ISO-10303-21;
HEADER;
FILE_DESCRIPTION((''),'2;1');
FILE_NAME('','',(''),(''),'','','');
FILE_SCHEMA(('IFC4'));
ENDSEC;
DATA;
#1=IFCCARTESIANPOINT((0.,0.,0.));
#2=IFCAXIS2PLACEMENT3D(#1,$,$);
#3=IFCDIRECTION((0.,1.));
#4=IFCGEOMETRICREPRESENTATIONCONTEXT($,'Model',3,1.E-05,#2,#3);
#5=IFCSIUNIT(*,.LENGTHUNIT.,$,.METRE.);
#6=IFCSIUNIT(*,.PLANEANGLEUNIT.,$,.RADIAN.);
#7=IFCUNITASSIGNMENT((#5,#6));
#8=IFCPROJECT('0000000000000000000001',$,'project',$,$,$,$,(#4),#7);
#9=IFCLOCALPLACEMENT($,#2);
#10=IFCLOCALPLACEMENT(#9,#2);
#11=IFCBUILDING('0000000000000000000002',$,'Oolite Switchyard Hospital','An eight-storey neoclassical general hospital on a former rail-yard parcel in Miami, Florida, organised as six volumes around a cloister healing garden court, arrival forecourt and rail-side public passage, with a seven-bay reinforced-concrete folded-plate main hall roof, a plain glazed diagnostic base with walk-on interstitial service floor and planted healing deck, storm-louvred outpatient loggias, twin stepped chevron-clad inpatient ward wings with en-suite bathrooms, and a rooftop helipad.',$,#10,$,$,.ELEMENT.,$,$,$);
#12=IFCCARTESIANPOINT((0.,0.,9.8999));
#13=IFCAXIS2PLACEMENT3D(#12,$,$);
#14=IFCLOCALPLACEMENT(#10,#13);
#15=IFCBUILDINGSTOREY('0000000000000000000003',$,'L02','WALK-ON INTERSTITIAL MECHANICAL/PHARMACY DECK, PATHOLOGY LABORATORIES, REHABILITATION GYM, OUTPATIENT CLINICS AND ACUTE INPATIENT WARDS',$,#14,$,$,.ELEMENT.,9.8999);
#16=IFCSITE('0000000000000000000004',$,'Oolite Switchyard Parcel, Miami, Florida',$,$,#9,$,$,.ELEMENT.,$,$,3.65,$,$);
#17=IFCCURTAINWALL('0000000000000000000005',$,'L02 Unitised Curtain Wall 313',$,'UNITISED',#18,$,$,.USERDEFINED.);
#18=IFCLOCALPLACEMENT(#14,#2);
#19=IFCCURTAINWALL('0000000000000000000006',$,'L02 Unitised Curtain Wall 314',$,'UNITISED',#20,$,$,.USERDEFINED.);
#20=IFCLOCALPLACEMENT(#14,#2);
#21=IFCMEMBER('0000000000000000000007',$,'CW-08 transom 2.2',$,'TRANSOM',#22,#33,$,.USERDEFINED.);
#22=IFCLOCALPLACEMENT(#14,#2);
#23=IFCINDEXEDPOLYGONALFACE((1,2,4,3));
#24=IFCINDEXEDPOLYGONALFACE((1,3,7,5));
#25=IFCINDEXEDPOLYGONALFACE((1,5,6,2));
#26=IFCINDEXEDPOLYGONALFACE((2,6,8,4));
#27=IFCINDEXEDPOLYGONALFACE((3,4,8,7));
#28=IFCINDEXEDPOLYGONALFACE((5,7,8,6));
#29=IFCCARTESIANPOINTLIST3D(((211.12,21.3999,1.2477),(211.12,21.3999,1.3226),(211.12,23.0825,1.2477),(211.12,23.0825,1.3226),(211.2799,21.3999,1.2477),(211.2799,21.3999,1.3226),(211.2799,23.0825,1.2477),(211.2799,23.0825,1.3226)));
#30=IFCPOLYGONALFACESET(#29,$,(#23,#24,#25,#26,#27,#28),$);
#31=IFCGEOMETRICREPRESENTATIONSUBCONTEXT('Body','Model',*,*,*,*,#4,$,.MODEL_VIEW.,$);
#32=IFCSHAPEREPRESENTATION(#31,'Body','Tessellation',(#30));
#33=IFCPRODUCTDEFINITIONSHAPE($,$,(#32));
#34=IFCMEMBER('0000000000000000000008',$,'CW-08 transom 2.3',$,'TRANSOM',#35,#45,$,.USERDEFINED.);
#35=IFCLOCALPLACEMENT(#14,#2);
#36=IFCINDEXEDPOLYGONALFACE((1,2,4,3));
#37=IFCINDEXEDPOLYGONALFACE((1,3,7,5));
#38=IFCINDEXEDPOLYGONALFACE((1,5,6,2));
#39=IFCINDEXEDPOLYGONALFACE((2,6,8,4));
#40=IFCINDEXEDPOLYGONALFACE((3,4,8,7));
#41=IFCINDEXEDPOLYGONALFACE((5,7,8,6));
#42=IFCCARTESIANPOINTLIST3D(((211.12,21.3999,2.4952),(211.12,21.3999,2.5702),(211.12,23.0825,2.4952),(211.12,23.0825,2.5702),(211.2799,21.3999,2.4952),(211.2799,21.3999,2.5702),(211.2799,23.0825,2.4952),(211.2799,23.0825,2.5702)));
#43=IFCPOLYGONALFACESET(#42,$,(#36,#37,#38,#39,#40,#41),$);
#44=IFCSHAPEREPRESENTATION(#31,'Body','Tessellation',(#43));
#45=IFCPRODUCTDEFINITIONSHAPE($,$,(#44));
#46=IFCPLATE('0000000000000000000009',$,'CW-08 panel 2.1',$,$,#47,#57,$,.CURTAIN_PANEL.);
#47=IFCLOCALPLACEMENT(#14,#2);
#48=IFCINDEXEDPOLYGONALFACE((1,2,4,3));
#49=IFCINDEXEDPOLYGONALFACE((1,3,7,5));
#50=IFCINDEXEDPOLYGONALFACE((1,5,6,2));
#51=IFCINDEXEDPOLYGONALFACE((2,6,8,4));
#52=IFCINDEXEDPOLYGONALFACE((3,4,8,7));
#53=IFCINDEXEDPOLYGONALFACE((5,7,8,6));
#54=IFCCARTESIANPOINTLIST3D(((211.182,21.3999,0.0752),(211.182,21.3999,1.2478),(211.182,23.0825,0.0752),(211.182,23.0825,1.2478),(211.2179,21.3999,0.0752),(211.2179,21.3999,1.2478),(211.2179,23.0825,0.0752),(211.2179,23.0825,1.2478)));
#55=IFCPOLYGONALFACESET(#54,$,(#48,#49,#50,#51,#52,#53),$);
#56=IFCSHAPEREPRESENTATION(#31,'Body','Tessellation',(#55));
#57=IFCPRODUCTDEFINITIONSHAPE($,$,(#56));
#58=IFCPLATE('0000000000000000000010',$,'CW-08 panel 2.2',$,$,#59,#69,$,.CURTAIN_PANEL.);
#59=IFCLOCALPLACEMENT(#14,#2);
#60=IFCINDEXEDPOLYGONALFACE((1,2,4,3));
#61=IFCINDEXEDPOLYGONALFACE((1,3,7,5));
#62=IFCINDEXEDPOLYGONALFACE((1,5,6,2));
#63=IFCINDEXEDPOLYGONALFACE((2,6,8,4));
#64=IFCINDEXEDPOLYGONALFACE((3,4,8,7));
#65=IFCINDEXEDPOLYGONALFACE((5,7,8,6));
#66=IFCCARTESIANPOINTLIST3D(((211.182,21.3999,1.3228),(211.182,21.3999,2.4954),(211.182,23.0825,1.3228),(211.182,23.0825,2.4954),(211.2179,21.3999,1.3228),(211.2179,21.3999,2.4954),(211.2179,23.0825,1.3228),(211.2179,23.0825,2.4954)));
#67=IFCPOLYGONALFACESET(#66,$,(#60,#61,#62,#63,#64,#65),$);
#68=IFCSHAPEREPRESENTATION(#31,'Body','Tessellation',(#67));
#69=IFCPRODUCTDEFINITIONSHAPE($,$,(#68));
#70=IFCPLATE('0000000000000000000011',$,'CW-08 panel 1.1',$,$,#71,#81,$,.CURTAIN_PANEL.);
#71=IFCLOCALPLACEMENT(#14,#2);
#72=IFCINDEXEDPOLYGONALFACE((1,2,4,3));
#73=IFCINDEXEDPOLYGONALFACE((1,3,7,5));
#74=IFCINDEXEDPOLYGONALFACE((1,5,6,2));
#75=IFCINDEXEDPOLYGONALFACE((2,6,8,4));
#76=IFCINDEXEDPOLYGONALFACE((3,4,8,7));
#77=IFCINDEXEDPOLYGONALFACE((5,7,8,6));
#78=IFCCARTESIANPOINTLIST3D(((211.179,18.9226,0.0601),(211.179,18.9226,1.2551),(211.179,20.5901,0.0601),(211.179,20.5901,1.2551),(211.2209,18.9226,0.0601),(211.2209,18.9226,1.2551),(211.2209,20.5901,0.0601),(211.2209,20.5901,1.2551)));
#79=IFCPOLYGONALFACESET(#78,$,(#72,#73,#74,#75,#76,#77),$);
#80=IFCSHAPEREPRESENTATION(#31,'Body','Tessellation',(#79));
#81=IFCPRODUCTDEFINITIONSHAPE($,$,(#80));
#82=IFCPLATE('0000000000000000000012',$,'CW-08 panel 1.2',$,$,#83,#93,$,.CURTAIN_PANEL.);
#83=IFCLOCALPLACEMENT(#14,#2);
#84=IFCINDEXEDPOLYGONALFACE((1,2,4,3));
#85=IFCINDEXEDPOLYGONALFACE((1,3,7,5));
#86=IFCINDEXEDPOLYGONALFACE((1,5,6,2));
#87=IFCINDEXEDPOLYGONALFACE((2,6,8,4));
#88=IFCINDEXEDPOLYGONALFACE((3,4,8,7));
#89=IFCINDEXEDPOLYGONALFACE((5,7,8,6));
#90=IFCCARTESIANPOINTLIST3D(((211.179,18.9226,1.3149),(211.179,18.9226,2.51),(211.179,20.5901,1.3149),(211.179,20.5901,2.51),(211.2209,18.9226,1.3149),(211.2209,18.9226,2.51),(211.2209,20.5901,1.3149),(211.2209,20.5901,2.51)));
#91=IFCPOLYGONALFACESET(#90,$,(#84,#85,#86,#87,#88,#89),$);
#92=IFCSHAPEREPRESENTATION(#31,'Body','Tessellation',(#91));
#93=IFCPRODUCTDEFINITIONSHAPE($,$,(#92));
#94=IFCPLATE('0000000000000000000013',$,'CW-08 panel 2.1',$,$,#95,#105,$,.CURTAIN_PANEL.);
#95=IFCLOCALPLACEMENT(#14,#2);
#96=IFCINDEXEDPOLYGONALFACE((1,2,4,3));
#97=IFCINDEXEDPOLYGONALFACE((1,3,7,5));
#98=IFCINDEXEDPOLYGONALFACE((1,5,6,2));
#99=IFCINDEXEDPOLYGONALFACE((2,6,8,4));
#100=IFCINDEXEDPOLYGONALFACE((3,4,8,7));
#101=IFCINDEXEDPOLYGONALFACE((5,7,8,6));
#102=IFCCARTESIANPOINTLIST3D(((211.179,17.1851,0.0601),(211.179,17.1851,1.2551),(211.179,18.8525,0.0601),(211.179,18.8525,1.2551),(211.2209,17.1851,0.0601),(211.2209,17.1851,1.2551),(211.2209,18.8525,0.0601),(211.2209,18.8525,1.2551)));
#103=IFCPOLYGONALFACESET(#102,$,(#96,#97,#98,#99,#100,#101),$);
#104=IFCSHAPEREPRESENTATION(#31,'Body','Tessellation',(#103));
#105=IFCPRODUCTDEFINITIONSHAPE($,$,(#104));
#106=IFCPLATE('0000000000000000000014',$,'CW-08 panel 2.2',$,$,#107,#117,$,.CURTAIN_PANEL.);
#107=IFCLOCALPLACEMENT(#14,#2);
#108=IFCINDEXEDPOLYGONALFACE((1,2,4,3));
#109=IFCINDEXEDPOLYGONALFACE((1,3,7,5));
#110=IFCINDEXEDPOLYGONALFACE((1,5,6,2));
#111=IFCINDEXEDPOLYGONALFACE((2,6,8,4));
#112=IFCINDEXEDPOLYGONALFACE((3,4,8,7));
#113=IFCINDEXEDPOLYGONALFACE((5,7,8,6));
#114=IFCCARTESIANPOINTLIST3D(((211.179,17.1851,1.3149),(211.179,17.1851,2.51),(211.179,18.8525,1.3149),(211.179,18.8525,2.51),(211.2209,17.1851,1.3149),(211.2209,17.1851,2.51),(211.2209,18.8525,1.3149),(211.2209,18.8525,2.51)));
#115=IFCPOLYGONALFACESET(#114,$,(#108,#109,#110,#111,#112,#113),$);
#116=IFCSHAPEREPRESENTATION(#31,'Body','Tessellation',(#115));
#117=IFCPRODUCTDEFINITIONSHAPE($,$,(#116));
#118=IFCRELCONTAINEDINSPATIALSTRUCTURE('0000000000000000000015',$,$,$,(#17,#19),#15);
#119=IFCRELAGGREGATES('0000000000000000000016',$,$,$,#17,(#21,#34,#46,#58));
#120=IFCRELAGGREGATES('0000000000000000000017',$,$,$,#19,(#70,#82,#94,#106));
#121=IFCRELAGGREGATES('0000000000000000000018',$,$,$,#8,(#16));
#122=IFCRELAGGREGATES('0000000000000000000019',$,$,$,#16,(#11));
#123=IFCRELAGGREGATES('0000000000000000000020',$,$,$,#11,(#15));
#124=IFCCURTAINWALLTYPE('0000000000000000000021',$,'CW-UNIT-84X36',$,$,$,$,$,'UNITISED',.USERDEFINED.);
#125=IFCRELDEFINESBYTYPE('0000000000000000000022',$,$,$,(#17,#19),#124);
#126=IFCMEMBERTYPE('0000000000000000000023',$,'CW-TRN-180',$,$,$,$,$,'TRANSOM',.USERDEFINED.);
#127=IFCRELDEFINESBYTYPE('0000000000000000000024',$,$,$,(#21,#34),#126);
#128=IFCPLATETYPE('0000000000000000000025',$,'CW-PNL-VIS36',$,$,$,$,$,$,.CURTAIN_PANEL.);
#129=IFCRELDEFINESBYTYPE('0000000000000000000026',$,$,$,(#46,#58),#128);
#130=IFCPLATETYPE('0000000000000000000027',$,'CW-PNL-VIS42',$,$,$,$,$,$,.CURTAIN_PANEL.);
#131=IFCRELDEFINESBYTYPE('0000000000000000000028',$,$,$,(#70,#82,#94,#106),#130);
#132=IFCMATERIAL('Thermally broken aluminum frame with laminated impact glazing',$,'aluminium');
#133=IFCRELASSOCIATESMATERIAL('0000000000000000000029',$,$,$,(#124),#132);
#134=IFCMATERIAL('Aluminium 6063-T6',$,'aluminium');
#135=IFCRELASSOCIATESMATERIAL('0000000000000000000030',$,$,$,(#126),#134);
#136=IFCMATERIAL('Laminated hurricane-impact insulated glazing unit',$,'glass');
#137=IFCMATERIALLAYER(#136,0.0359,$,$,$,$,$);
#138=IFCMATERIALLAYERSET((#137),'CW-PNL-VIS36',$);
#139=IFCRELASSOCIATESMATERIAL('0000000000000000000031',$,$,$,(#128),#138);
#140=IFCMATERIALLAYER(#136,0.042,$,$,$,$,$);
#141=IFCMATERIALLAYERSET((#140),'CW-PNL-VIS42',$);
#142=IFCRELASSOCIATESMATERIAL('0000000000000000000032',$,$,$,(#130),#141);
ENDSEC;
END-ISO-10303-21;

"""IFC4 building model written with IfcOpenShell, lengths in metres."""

from ifc_helpers import new_model, si_unit, direction, frame, origin, origin_2d, place, context, subcontext, project, spatial, rectangle, extrude, material, layer, layer_set, material_profile, profile_set, type_object, element, aggregate, save


model = new_model("IFC4")

# Units and contexts
model_context = context("Model", 3, precision=1e-05, world=origin(), true_north=direction((0.0, 1.0)))
body_context = subcontext(model_context, "Body", "Model", "MODEL_VIEW")
ifc_project = project(units=[si_unit("LENGTHUNIT", "METRE"), si_unit("PLANEANGLEUNIT", "RADIAN")], contexts=[model_context])

# Site, building, storey
site_placement = place(None, origin())
site = spatial("IfcSite", under=ifc_project, at=site_placement, Name="Oolite Switchyard Parcel, Miami, Florida", CompositionType="ELEMENT", RefElevation=3.65)
building_placement = place(site_placement, origin())
building = spatial("IfcBuilding", under=site, at=building_placement, Name="Oolite Switchyard Hospital", Description="An eight-storey neoclassical general hospital on a former rail-yard parcel in Miami, Florida, organised as six volumes around a cloister healing garden court, arrival forecourt and rail-side public passage, with a seven-bay reinforced-concrete folded-plate main hall roof, a plain glazed diagnostic base with walk-on interstitial service floor and planted healing deck, storm-louvred outpatient loggias, twin stepped chevron-clad inpatient ward wings with en-suite bathrooms, and a rooftop helipad.", CompositionType="ELEMENT")
storey_placement = place(building_placement, frame((0.0, 0.0, 9.8999)))
storey = spatial("IfcBuildingStorey", under=building, at=storey_placement, Name="L02", Description="WALK-ON INTERSTITIAL MECHANICAL/PHARMACY DECK, PATHOLOGY LABORATORIES, REHABILITATION GYM, OUTPATIENT CLINICS AND ACUTE INPATIENT WARDS", CompositionType="ELEMENT", Elevation=9.8999)

# Curtain wall
ifc_material_1 = material(Name="Thermally broken aluminum frame with laminated impact glazing", Category="aluminium")
curtain_wall_type = type_object("IfcCurtainWallType", Name="CW-UNIT-84X36", ElementType="UNITISED", PredefinedType="USERDEFINED", material=ifc_material_1)
curtain_wall_1_placement = place(storey_placement, origin())
curtain_wall_1 = element("IfcCurtainWall", 1, at=curtain_wall_1_placement, inside=storey, type_object=curtain_wall_type, Name="L02 Unitised Curtain Wall 313", ObjectType="UNITISED", PredefinedType="USERDEFINED")
ifc_material_2 = material(Name="Aluminium 6063-T6", Category="aluminium")

# Curtain wall
curtain_wall_2_placement = place(storey_placement, origin())
curtain_wall_2 = element("IfcCurtainWall", 2, at=curtain_wall_2_placement, inside=storey, type_object=curtain_wall_type, Name="L02 Unitised Curtain Wall 314", ObjectType="UNITISED", PredefinedType="USERDEFINED")

# Members
ifc_material_profile_1 = material_profile(ifc_material_2, rectangle(XDim=0.1599, YDim=0.075, at=origin_2d()), Name="CWT75X160")
ifc_profile_set_1 = profile_set([ifc_material_profile_1], Name="Aluminium 6063-T6")
member_type_1 = type_object("IfcMemberType", Name="CW-TRN-180", ElementType="TRANSOM", PredefinedType="USERDEFINED", material=ifc_profile_set_1)
member_1_placement = place(storey_placement, frame((211.2, 23.0825, 1.2852), z_axis=(0.0, -1.0, 0.0), x_axis=(1.0, 0.0, 0.0)))
member_1 = element("IfcMember", 3, at=member_1_placement, type_object=member_type_1, Name="CW-08 transom 2.2", ObjectType="TRANSOM", PredefinedType="USERDEFINED", context=body_context, shape_type="SweptSolid", body=[
    extrude(rectangle(XDim=0.1599, YDim=0.075, at=origin_2d()), origin(), (0.0, 0.0, 1.0), 1.6826),
])
member_2_placement = place(storey_placement, frame((211.2, 23.0825, 2.5327), z_axis=(0.0, -1.0, 0.0), x_axis=(1.0, 0.0, 0.0)))
member_2 = element("IfcMember", 4, at=member_2_placement, type_object=member_type_1, Name="CW-08 transom 2.3", ObjectType="TRANSOM", PredefinedType="USERDEFINED", context=body_context, shape_type="SweptSolid", body=[
    extrude(rectangle(XDim=0.1599, YDim=0.075, at=origin_2d()), origin(), (0.0, 0.0, 1.0), 1.6826),
])

# Plates
ifc_material_3 = material(Name="Laminated hurricane-impact insulated glazing unit", Category="glass")
ifc_layer_1 = layer(ifc_material_3, 0.0359)
ifc_layer_set_1 = layer_set([ifc_layer_1], Name="CW-PNL-VIS36")
plate_type_1 = type_object("IfcPlateType", Name="CW-PNL-VIS36", PredefinedType="CURTAIN_PANEL", material=ifc_layer_set_1)
plate_1_placement = place(storey_placement, frame((211.2, 22.2412, 0.0752), z_axis=(0.0, 0.0, 1.0), x_axis=(0.0, -1.0, 0.0)))
plate_1 = element("IfcPlate", 5, at=plate_1_placement, type_object=plate_type_1, Name="CW-08 panel 2.1", PredefinedType="CURTAIN_PANEL", context=body_context, shape_type="SweptSolid", body=[
    extrude(rectangle(XDim=1.6826, YDim=0.0359, at=origin_2d()), origin(), (0.0, 0.0, 1.0), 1.1726),
])
plate_2_placement = place(storey_placement, frame((211.2, 22.2412, 1.3228), z_axis=(0.0, 0.0, 1.0), x_axis=(0.0, -1.0, 0.0)))
plate_2 = element("IfcPlate", 6, at=plate_2_placement, type_object=plate_type_1, Name="CW-08 panel 2.2", PredefinedType="CURTAIN_PANEL", context=body_context, shape_type="SweptSolid", body=[
    extrude(rectangle(XDim=1.6826, YDim=0.0359, at=origin_2d()), origin(), (0.0, 0.0, 1.0), 1.1726),
])
aggregate(curtain_wall_1, [member_1, member_2, plate_1, plate_2])
ifc_layer_2 = layer(ifc_material_3, 0.042)
ifc_layer_set_2 = layer_set([ifc_layer_2], Name="CW-PNL-VIS42")
plate_type_2 = type_object("IfcPlateType", Name="CW-PNL-VIS42", PredefinedType="CURTAIN_PANEL", material=ifc_layer_set_2)
plate_3_placement = place(storey_placement, frame((211.2, 19.7563, 0.0601), z_axis=(0.0, 0.0, 1.0), x_axis=(0.0, -1.0, 0.0)))
plate_3 = element("IfcPlate", 7, at=plate_3_placement, type_object=plate_type_2, Name="CW-08 panel 1.1", PredefinedType="CURTAIN_PANEL", context=body_context, shape_type="SweptSolid", body=[
    extrude(rectangle(XDim=1.6675, YDim=0.042, at=origin_2d()), origin(), (0.0, 0.0, 1.0), 1.1951),
])
plate_4_placement = place(storey_placement, frame((211.2, 19.7563, 1.3149), z_axis=(0.0, 0.0, 1.0), x_axis=(0.0, -1.0, 0.0)))
plate_4 = element("IfcPlate", 8, at=plate_4_placement, type_object=plate_type_2, Name="CW-08 panel 1.2", PredefinedType="CURTAIN_PANEL", context=body_context, shape_type="SweptSolid", body=[
    extrude(rectangle(XDim=1.6675, YDim=0.042, at=origin_2d()), origin(), (0.0, 0.0, 1.0), 1.1951),
])
plate_5_placement = place(storey_placement, frame((211.2, 18.0188, 0.0601), z_axis=(0.0, 0.0, 1.0), x_axis=(0.0, -1.0, 0.0)))
plate_5 = element("IfcPlate", 9, at=plate_5_placement, type_object=plate_type_2, Name="CW-08 panel 2.1", PredefinedType="CURTAIN_PANEL", context=body_context, shape_type="SweptSolid", body=[
    extrude(rectangle(XDim=1.6675, YDim=0.042, at=origin_2d()), origin(), (0.0, 0.0, 1.0), 1.1951),
])
plate_6_placement = place(storey_placement, frame((211.2, 18.0188, 1.3149), z_axis=(0.0, 0.0, 1.0), x_axis=(0.0, -1.0, 0.0)))
plate_6 = element("IfcPlate", 10, at=plate_6_placement, type_object=plate_type_2, Name="CW-08 panel 2.2", PredefinedType="CURTAIN_PANEL", context=body_context, shape_type="SweptSolid", body=[
    extrude(rectangle(XDim=1.6675, YDim=0.042, at=origin_2d()), origin(), (0.0, 0.0, 1.0), 1.1951),
])
aggregate(curtain_wall_2, [plate_3, plate_4, plate_5, plate_6])

save(model, "model.ifc")
